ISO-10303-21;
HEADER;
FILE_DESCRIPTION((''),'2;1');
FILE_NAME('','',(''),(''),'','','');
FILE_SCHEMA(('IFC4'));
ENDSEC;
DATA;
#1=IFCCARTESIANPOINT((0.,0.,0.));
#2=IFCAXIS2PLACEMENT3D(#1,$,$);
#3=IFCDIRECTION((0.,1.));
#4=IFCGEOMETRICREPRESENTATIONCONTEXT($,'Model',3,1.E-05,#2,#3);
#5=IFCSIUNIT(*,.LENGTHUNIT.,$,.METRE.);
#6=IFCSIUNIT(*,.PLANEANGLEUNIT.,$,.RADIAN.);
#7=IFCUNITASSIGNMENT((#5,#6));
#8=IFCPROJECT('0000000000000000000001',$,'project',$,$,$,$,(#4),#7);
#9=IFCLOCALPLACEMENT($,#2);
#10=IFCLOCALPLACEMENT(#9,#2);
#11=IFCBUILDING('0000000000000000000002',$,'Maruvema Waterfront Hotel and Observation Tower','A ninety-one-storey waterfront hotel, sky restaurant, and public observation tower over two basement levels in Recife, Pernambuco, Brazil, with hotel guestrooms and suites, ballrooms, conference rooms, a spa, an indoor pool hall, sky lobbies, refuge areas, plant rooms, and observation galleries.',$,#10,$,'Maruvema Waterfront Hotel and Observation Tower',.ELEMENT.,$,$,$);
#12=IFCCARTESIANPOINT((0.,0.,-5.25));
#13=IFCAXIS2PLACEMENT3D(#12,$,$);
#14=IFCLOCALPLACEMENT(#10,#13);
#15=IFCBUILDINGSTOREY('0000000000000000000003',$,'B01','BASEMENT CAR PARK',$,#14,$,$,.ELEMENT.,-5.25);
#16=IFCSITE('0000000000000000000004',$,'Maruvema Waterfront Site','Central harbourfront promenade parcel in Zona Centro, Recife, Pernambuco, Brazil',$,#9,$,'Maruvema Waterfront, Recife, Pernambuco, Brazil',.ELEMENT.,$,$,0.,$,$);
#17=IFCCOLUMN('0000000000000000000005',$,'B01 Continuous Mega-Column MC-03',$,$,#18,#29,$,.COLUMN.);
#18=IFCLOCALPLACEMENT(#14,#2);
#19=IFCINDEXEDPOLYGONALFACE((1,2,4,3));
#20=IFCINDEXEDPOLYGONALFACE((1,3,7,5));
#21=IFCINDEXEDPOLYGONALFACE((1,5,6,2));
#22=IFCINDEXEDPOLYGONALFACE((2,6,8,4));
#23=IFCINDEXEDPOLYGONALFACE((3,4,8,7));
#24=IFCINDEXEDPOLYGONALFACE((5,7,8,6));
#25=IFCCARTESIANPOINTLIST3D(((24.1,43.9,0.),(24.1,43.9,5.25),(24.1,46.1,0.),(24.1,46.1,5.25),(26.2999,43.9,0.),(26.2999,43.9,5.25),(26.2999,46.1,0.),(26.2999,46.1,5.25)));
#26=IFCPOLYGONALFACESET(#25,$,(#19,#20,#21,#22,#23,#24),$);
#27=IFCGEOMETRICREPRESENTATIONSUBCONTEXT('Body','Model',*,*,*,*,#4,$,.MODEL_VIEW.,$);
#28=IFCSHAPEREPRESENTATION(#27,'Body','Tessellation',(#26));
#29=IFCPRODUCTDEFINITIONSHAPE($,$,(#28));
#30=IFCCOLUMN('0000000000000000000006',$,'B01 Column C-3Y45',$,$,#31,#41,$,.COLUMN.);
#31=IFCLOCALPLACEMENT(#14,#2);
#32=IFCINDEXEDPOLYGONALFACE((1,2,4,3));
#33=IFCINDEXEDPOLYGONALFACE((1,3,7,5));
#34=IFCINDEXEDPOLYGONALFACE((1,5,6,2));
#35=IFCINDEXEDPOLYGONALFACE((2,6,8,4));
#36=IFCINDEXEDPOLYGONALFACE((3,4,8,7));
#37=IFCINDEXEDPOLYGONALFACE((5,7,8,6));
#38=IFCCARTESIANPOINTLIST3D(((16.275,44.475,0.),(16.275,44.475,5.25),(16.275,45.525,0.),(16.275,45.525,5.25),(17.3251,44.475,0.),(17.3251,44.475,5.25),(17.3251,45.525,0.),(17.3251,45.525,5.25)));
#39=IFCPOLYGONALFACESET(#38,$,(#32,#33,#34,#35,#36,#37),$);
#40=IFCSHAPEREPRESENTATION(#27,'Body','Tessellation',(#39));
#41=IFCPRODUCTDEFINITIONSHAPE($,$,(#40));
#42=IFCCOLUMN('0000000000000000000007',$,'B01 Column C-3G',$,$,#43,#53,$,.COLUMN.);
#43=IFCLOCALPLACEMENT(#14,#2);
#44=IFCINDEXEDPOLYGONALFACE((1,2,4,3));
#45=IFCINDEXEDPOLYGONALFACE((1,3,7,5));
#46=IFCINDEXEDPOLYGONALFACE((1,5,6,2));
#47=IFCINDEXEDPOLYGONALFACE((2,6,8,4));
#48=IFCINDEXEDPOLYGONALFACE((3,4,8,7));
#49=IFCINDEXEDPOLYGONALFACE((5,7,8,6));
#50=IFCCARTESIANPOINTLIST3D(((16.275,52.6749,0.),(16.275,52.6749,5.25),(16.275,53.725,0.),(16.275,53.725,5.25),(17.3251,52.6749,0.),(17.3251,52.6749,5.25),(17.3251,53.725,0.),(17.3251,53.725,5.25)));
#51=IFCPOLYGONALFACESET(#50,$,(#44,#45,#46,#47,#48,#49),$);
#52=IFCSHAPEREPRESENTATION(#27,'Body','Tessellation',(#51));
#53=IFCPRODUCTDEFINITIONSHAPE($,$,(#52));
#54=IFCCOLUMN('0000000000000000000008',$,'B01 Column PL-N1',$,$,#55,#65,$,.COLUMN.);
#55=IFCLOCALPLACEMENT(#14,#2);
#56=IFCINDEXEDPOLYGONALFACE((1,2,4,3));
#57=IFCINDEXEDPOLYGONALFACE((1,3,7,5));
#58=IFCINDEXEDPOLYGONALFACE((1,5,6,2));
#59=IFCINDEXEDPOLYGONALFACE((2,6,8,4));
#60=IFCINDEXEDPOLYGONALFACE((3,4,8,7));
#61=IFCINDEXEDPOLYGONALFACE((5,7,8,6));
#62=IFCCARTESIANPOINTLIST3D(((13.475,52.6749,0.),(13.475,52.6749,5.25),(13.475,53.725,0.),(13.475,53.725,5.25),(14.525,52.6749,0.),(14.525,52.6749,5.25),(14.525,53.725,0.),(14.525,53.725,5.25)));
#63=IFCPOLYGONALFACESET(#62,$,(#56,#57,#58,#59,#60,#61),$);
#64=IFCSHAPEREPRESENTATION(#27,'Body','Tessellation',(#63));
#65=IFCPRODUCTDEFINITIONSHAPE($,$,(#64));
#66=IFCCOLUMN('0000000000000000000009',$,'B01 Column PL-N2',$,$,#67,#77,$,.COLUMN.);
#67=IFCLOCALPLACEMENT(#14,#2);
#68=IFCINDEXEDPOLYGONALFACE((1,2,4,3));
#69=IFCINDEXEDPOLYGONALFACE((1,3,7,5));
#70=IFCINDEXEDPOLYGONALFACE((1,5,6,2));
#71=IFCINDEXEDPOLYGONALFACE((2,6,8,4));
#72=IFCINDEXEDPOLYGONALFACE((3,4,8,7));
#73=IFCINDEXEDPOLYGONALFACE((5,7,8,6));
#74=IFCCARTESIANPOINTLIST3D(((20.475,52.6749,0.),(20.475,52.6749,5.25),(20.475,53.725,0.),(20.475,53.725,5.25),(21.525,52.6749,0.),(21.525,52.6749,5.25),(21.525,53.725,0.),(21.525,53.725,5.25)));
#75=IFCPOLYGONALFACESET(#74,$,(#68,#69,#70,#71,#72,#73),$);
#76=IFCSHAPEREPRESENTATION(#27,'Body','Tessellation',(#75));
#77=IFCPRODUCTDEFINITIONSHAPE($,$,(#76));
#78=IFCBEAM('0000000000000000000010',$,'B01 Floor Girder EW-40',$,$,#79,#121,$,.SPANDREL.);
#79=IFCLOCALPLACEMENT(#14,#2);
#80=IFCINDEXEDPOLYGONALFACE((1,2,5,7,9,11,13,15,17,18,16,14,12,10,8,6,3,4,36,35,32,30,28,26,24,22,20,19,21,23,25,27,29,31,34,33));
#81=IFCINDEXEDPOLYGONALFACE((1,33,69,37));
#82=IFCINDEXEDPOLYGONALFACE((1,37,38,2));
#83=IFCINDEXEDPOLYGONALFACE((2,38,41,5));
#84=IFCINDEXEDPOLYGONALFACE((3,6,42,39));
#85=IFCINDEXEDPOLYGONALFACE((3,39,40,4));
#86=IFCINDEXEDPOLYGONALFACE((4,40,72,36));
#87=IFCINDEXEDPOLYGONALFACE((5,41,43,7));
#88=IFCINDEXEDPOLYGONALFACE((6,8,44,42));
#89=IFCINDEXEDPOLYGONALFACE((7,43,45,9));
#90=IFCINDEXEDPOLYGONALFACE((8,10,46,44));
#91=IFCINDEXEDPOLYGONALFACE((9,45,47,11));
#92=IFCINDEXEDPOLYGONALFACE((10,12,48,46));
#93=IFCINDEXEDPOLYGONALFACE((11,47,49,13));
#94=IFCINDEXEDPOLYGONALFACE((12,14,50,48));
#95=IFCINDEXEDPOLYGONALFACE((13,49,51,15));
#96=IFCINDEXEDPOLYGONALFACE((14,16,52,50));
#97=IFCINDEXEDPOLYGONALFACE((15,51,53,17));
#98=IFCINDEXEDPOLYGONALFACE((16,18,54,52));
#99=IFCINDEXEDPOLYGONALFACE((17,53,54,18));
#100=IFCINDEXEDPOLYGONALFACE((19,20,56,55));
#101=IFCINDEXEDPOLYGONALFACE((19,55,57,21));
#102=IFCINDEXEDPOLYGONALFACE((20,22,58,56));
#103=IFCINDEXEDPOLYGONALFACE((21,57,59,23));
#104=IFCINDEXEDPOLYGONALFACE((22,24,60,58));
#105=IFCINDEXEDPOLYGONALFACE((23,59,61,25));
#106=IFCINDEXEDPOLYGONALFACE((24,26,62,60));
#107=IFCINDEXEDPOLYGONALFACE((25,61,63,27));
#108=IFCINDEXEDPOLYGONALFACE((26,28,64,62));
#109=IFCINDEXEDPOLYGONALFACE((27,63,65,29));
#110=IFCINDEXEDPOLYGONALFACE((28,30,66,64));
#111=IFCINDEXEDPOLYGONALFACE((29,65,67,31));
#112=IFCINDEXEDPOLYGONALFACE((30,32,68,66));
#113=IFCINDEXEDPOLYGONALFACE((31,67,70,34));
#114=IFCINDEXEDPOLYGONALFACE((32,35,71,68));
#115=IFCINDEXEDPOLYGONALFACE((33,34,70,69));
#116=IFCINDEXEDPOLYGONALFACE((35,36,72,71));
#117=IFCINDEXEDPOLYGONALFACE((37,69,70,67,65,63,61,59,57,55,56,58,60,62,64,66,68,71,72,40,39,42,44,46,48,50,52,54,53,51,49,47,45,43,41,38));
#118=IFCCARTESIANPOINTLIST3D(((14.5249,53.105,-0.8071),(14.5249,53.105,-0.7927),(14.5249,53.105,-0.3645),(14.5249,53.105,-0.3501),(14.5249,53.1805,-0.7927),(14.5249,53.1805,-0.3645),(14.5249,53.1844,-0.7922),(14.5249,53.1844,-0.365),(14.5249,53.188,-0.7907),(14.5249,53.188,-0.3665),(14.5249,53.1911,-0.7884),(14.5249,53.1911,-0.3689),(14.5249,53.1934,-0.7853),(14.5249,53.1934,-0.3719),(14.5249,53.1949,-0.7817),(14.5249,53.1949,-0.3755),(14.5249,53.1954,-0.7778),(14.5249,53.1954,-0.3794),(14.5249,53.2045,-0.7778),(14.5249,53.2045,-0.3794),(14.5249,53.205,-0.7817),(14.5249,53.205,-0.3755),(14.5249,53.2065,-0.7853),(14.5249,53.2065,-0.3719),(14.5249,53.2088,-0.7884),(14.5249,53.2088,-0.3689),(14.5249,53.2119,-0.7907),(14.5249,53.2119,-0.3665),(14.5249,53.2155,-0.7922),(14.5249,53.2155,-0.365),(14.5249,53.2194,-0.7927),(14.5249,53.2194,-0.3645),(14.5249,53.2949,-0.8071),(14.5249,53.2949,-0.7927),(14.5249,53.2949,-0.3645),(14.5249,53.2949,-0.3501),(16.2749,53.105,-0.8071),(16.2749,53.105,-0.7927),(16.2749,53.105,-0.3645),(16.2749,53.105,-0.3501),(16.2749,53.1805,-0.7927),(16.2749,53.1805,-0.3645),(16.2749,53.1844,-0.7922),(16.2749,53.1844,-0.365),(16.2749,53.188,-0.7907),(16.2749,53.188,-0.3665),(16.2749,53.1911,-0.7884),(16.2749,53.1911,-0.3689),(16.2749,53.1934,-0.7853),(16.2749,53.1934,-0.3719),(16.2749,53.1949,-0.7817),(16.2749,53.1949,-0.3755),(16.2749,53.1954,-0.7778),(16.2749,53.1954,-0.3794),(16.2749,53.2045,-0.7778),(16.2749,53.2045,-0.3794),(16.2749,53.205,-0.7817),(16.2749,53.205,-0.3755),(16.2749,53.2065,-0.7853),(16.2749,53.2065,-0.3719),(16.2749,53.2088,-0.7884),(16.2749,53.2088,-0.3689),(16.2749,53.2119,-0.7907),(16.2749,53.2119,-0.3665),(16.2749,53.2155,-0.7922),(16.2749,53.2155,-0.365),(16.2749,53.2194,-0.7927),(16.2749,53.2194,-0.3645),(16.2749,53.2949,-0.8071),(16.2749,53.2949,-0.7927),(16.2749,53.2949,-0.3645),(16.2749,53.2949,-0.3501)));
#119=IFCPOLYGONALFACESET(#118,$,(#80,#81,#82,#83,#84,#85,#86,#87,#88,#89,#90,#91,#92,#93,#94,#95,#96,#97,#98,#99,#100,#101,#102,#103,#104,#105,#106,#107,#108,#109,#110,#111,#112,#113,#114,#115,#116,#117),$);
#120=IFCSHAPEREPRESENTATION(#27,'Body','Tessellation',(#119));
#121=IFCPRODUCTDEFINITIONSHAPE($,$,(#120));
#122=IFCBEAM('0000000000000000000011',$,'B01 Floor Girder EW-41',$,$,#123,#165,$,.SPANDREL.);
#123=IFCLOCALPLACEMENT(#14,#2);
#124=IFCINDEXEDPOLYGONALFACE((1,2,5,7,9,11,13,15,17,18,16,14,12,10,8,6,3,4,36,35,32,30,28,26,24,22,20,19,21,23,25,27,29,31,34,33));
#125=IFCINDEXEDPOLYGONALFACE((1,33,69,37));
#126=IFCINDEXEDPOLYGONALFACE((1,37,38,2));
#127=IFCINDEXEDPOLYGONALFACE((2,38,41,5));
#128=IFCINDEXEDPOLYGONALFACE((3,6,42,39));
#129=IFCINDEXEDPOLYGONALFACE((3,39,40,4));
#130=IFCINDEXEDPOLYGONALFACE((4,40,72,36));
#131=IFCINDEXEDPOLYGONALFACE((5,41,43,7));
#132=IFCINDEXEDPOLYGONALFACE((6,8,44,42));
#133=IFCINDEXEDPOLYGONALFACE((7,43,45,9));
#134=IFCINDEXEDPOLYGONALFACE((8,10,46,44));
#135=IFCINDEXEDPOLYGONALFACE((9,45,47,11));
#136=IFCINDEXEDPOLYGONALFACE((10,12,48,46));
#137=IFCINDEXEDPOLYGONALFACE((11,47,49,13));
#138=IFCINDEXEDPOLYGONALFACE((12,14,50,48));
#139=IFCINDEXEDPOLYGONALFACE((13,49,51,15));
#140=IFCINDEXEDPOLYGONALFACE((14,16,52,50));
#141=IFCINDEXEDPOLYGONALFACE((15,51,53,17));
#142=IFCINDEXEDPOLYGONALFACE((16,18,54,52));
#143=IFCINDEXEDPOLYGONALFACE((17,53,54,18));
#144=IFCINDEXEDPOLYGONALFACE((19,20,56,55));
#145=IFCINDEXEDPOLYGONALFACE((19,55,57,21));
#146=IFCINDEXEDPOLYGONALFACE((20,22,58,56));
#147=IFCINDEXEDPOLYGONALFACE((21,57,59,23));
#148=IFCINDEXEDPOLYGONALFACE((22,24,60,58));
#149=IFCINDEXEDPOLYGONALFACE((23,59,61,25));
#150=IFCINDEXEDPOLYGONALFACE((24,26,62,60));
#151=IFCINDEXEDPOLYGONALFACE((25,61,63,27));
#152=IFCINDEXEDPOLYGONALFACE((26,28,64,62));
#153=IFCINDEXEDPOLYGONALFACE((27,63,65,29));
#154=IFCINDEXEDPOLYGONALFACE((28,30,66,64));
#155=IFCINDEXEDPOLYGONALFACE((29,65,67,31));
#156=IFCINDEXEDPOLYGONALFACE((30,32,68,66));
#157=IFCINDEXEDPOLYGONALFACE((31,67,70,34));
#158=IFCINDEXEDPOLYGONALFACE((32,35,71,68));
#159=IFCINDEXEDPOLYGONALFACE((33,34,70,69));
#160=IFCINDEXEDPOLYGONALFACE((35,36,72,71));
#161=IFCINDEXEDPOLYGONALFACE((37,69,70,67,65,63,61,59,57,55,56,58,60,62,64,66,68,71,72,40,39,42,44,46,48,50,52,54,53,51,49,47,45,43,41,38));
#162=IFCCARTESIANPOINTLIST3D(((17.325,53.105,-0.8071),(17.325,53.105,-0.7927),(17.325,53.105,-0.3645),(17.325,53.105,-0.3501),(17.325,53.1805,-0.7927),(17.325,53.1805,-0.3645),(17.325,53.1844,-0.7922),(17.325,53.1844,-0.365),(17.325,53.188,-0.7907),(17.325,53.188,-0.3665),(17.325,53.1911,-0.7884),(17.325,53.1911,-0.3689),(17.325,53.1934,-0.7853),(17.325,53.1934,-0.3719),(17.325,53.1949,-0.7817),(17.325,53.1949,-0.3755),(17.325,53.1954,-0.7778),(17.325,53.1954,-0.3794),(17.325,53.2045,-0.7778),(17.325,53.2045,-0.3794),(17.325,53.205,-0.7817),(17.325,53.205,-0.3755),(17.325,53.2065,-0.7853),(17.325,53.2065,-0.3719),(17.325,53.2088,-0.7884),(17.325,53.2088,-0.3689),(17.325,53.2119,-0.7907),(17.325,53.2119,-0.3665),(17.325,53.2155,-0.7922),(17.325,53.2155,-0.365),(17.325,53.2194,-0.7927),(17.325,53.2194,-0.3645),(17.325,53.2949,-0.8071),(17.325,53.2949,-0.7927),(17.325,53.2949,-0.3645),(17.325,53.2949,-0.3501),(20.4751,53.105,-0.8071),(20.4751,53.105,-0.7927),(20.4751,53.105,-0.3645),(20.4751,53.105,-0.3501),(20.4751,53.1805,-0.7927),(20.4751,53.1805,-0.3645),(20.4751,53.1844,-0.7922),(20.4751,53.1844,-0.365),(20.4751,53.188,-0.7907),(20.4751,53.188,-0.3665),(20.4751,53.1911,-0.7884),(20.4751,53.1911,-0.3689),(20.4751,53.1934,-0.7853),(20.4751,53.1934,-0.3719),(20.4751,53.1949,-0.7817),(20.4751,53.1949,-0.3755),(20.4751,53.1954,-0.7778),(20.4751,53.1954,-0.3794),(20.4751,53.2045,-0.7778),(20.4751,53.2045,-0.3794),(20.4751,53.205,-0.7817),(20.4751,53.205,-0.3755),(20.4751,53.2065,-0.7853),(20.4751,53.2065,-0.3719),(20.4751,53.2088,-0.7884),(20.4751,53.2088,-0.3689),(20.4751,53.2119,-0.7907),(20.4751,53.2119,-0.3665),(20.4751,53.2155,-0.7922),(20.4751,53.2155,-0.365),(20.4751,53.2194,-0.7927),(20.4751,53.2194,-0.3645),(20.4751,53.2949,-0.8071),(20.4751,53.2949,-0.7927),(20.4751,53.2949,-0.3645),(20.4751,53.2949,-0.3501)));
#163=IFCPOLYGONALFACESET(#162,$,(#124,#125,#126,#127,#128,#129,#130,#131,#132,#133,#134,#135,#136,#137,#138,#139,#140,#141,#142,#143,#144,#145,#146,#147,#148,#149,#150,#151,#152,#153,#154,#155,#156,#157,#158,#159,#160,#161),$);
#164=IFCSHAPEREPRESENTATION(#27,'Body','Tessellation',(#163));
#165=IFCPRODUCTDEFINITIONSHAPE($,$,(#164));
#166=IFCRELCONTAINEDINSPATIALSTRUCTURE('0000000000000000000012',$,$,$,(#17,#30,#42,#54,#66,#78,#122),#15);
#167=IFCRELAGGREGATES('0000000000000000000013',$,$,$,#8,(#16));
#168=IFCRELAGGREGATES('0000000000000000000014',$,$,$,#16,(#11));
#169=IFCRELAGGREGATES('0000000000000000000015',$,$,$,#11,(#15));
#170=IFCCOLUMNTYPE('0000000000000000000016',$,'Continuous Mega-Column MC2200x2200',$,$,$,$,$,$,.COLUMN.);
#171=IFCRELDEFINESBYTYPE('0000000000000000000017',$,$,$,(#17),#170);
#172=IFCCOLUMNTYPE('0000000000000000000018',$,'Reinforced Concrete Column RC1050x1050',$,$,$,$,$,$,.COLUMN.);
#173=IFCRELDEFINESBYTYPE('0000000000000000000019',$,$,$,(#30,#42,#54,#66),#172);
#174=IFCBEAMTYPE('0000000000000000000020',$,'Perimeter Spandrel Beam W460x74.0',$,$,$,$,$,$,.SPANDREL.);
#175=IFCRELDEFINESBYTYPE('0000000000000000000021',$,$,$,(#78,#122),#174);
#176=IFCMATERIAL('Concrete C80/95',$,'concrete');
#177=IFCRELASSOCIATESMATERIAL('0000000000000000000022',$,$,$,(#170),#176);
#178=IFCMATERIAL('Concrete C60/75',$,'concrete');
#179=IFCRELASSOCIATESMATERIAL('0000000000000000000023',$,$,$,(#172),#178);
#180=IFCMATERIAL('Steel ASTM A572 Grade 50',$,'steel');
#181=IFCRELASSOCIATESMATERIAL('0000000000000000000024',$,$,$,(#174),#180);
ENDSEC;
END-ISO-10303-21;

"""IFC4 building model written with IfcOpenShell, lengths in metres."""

from ifc_helpers import new_model, si_unit, direction, frame, origin, origin_2d, place, context, subcontext, project, spatial, rectangle, i_section, extrude, material, material_profile, profile_set, type_object, element, save


model = new_model("IFC4")

# Units and contexts
model_context = context("Model", 3, precision=1e-05, world=origin(), true_north=direction((0.0, 1.0)))
body_context = subcontext(model_context, "Body", "Model", "MODEL_VIEW")
ifc_project = project(units=[si_unit("LENGTHUNIT", "METRE"), si_unit("PLANEANGLEUNIT", "RADIAN")], contexts=[model_context])

# Site, building, storey
site_placement = place(None, origin())
site = spatial("IfcSite", under=ifc_project, at=site_placement, Name="Maruvema Waterfront Site", Description="Central harbourfront promenade parcel in Zona Centro, Recife, Pernambuco, Brazil", LongName="Maruvema Waterfront, Recife, Pernambuco, Brazil", CompositionType="ELEMENT", RefElevation=0.0)
building_placement = place(site_placement, origin())
building = spatial("IfcBuilding", under=site, at=building_placement, Name="Maruvema Waterfront Hotel and Observation Tower", Description="A ninety-one-storey waterfront hotel, sky restaurant, and public observation tower over two basement levels in Recife, Pernambuco, Brazil, with hotel guestrooms and suites, ballrooms, conference rooms, a spa, an indoor pool hall, sky lobbies, refuge areas, plant rooms, and observation galleries.", LongName="Maruvema Waterfront Hotel and Observation Tower", CompositionType="ELEMENT")
storey_placement = place(building_placement, frame((0.0, 0.0, -5.25)))
storey = spatial("IfcBuildingStorey", under=building, at=storey_placement, Name="B01", Description="BASEMENT CAR PARK", CompositionType="ELEMENT", Elevation=-5.25)

# Columns
ifc_material_1 = material(Name="Concrete C80/95", Category="concrete")
ifc_material_profile_1 = material_profile(ifc_material_1, rectangle(XDim=2.2, YDim=2.2, at=origin_2d()), Name="MC2200x2200")
ifc_profile_set_1 = profile_set([ifc_material_profile_1], Name="Concrete C80/95")
column_type_1 = type_object("IfcColumnType", Name="Continuous Mega-Column MC2200x2200", PredefinedType="COLUMN", material=ifc_profile_set_1)
column_placement = place(storey_placement, frame((25.2, 45.0, 0.0), z_axis=(0.0, 0.0, 1.0), x_axis=(1.0, 0.0, 0.0)))
element("IfcColumn", 1, at=column_placement, inside=storey, type_object=column_type_1, Name="B01 Continuous Mega-Column MC-03", PredefinedType="COLUMN", context=body_context, shape_type="SweptSolid", body=[
    extrude(rectangle(XDim=2.2, YDim=2.2, at=origin_2d()), origin(), (0.0, 0.0, 1.0), 5.25),
])
ifc_material_2 = material(Name="Concrete C60/75", Category="concrete")
ifc_material_profile_2 = material_profile(ifc_material_2, rectangle(XDim=1.05, YDim=1.05, at=origin_2d()), Name="RC1050x1050")
ifc_profile_set_2 = profile_set([ifc_material_profile_2], Name="Concrete C60/75")
column_type_2 = type_object("IfcColumnType", Name="Reinforced Concrete Column RC1050x1050", PredefinedType="COLUMN", material=ifc_profile_set_2)
for number, where, z_axis, x_axis, name in (
    (2, (16.8, 45.0, 0.0), (0.0, 0.0, 1.0), (1.0, 0.0, 0.0), "B01 Column C-3Y45"),
    (3, (16.8, 53.2, 0.0), (0.0, 0.0, 1.0), (1.0, 0.0, 0.0), "B01 Column C-3G"),
    (4, (14.0, 53.2, 0.0), (0.0, 0.0, 1.0), (1.0, 0.0, 0.0), "B01 Column PL-N1"),
    (5, (21.0, 53.2, 0.0), (0.0, 0.0, 1.0), (1.0, 0.0, 0.0), "B01 Column PL-N2"),
):
    element("IfcColumn", number, at=place(storey_placement, frame(where, z_axis=z_axis, x_axis=x_axis)), inside=storey, type_object=column_type_2, Name=name, PredefinedType="COLUMN", context=body_context, shape_type="SweptSolid", body=[
        extrude(rectangle(XDim=1.05, YDim=1.05, at=origin_2d()), origin(), (0.0, 0.0, 1.0), 5.25),
    ])

# Beams
ifc_material_3 = material(Name="Steel ASTM A572 Grade 50", Category="steel")
ifc_material_profile_3 = material_profile(ifc_material_3, i_section(OverallWidth=0.1899, OverallDepth=0.457, WebThickness=0.009, FlangeThickness=0.0144, FilletRadius=0.0149, at=origin_2d()), Name="W460x74.0")
ifc_profile_set_3 = profile_set([ifc_material_profile_3], Name="Steel ASTM A572 Grade 50")
beam_type_1 = type_object("IfcBeamType", Name="Perimeter Spandrel Beam W460x74.0", PredefinedType="SPANDREL", material=ifc_profile_set_3)
beam_1_placement = place(storey_placement, frame((14.5249, 53.2, -0.5786), z_axis=(1.0, 0.0, 0.0), x_axis=(0.0, 1.0, 0.0)))
element("IfcBeam", 6, at=beam_1_placement, inside=storey, type_object=beam_type_1, Name="B01 Floor Girder EW-40", PredefinedType="SPANDREL", context=body_context, shape_type="SweptSolid", body=[
    extrude(i_section(OverallWidth=0.1899, OverallDepth=0.457, WebThickness=0.009, FlangeThickness=0.0144, FilletRadius=0.0149, at=origin_2d()), origin(), (0.0, 0.0, 1.0), 1.75),
])
beam_2_placement = place(storey_placement, frame((17.325, 53.2, -0.5786), z_axis=(1.0, 0.0, 0.0), x_axis=(0.0, 1.0, 0.0)))
element("IfcBeam", 7, at=beam_2_placement, inside=storey, type_object=beam_type_1, Name="B01 Floor Girder EW-41", PredefinedType="SPANDREL", context=body_context, shape_type="SweptSolid", body=[
    extrude(i_section(OverallWidth=0.1899, OverallDepth=0.457, WebThickness=0.009, FlangeThickness=0.0144, FilletRadius=0.0149, at=origin_2d()), origin(), (0.0, 0.0, 1.0), 3.1501),
])

save(model, "model.ifc")
